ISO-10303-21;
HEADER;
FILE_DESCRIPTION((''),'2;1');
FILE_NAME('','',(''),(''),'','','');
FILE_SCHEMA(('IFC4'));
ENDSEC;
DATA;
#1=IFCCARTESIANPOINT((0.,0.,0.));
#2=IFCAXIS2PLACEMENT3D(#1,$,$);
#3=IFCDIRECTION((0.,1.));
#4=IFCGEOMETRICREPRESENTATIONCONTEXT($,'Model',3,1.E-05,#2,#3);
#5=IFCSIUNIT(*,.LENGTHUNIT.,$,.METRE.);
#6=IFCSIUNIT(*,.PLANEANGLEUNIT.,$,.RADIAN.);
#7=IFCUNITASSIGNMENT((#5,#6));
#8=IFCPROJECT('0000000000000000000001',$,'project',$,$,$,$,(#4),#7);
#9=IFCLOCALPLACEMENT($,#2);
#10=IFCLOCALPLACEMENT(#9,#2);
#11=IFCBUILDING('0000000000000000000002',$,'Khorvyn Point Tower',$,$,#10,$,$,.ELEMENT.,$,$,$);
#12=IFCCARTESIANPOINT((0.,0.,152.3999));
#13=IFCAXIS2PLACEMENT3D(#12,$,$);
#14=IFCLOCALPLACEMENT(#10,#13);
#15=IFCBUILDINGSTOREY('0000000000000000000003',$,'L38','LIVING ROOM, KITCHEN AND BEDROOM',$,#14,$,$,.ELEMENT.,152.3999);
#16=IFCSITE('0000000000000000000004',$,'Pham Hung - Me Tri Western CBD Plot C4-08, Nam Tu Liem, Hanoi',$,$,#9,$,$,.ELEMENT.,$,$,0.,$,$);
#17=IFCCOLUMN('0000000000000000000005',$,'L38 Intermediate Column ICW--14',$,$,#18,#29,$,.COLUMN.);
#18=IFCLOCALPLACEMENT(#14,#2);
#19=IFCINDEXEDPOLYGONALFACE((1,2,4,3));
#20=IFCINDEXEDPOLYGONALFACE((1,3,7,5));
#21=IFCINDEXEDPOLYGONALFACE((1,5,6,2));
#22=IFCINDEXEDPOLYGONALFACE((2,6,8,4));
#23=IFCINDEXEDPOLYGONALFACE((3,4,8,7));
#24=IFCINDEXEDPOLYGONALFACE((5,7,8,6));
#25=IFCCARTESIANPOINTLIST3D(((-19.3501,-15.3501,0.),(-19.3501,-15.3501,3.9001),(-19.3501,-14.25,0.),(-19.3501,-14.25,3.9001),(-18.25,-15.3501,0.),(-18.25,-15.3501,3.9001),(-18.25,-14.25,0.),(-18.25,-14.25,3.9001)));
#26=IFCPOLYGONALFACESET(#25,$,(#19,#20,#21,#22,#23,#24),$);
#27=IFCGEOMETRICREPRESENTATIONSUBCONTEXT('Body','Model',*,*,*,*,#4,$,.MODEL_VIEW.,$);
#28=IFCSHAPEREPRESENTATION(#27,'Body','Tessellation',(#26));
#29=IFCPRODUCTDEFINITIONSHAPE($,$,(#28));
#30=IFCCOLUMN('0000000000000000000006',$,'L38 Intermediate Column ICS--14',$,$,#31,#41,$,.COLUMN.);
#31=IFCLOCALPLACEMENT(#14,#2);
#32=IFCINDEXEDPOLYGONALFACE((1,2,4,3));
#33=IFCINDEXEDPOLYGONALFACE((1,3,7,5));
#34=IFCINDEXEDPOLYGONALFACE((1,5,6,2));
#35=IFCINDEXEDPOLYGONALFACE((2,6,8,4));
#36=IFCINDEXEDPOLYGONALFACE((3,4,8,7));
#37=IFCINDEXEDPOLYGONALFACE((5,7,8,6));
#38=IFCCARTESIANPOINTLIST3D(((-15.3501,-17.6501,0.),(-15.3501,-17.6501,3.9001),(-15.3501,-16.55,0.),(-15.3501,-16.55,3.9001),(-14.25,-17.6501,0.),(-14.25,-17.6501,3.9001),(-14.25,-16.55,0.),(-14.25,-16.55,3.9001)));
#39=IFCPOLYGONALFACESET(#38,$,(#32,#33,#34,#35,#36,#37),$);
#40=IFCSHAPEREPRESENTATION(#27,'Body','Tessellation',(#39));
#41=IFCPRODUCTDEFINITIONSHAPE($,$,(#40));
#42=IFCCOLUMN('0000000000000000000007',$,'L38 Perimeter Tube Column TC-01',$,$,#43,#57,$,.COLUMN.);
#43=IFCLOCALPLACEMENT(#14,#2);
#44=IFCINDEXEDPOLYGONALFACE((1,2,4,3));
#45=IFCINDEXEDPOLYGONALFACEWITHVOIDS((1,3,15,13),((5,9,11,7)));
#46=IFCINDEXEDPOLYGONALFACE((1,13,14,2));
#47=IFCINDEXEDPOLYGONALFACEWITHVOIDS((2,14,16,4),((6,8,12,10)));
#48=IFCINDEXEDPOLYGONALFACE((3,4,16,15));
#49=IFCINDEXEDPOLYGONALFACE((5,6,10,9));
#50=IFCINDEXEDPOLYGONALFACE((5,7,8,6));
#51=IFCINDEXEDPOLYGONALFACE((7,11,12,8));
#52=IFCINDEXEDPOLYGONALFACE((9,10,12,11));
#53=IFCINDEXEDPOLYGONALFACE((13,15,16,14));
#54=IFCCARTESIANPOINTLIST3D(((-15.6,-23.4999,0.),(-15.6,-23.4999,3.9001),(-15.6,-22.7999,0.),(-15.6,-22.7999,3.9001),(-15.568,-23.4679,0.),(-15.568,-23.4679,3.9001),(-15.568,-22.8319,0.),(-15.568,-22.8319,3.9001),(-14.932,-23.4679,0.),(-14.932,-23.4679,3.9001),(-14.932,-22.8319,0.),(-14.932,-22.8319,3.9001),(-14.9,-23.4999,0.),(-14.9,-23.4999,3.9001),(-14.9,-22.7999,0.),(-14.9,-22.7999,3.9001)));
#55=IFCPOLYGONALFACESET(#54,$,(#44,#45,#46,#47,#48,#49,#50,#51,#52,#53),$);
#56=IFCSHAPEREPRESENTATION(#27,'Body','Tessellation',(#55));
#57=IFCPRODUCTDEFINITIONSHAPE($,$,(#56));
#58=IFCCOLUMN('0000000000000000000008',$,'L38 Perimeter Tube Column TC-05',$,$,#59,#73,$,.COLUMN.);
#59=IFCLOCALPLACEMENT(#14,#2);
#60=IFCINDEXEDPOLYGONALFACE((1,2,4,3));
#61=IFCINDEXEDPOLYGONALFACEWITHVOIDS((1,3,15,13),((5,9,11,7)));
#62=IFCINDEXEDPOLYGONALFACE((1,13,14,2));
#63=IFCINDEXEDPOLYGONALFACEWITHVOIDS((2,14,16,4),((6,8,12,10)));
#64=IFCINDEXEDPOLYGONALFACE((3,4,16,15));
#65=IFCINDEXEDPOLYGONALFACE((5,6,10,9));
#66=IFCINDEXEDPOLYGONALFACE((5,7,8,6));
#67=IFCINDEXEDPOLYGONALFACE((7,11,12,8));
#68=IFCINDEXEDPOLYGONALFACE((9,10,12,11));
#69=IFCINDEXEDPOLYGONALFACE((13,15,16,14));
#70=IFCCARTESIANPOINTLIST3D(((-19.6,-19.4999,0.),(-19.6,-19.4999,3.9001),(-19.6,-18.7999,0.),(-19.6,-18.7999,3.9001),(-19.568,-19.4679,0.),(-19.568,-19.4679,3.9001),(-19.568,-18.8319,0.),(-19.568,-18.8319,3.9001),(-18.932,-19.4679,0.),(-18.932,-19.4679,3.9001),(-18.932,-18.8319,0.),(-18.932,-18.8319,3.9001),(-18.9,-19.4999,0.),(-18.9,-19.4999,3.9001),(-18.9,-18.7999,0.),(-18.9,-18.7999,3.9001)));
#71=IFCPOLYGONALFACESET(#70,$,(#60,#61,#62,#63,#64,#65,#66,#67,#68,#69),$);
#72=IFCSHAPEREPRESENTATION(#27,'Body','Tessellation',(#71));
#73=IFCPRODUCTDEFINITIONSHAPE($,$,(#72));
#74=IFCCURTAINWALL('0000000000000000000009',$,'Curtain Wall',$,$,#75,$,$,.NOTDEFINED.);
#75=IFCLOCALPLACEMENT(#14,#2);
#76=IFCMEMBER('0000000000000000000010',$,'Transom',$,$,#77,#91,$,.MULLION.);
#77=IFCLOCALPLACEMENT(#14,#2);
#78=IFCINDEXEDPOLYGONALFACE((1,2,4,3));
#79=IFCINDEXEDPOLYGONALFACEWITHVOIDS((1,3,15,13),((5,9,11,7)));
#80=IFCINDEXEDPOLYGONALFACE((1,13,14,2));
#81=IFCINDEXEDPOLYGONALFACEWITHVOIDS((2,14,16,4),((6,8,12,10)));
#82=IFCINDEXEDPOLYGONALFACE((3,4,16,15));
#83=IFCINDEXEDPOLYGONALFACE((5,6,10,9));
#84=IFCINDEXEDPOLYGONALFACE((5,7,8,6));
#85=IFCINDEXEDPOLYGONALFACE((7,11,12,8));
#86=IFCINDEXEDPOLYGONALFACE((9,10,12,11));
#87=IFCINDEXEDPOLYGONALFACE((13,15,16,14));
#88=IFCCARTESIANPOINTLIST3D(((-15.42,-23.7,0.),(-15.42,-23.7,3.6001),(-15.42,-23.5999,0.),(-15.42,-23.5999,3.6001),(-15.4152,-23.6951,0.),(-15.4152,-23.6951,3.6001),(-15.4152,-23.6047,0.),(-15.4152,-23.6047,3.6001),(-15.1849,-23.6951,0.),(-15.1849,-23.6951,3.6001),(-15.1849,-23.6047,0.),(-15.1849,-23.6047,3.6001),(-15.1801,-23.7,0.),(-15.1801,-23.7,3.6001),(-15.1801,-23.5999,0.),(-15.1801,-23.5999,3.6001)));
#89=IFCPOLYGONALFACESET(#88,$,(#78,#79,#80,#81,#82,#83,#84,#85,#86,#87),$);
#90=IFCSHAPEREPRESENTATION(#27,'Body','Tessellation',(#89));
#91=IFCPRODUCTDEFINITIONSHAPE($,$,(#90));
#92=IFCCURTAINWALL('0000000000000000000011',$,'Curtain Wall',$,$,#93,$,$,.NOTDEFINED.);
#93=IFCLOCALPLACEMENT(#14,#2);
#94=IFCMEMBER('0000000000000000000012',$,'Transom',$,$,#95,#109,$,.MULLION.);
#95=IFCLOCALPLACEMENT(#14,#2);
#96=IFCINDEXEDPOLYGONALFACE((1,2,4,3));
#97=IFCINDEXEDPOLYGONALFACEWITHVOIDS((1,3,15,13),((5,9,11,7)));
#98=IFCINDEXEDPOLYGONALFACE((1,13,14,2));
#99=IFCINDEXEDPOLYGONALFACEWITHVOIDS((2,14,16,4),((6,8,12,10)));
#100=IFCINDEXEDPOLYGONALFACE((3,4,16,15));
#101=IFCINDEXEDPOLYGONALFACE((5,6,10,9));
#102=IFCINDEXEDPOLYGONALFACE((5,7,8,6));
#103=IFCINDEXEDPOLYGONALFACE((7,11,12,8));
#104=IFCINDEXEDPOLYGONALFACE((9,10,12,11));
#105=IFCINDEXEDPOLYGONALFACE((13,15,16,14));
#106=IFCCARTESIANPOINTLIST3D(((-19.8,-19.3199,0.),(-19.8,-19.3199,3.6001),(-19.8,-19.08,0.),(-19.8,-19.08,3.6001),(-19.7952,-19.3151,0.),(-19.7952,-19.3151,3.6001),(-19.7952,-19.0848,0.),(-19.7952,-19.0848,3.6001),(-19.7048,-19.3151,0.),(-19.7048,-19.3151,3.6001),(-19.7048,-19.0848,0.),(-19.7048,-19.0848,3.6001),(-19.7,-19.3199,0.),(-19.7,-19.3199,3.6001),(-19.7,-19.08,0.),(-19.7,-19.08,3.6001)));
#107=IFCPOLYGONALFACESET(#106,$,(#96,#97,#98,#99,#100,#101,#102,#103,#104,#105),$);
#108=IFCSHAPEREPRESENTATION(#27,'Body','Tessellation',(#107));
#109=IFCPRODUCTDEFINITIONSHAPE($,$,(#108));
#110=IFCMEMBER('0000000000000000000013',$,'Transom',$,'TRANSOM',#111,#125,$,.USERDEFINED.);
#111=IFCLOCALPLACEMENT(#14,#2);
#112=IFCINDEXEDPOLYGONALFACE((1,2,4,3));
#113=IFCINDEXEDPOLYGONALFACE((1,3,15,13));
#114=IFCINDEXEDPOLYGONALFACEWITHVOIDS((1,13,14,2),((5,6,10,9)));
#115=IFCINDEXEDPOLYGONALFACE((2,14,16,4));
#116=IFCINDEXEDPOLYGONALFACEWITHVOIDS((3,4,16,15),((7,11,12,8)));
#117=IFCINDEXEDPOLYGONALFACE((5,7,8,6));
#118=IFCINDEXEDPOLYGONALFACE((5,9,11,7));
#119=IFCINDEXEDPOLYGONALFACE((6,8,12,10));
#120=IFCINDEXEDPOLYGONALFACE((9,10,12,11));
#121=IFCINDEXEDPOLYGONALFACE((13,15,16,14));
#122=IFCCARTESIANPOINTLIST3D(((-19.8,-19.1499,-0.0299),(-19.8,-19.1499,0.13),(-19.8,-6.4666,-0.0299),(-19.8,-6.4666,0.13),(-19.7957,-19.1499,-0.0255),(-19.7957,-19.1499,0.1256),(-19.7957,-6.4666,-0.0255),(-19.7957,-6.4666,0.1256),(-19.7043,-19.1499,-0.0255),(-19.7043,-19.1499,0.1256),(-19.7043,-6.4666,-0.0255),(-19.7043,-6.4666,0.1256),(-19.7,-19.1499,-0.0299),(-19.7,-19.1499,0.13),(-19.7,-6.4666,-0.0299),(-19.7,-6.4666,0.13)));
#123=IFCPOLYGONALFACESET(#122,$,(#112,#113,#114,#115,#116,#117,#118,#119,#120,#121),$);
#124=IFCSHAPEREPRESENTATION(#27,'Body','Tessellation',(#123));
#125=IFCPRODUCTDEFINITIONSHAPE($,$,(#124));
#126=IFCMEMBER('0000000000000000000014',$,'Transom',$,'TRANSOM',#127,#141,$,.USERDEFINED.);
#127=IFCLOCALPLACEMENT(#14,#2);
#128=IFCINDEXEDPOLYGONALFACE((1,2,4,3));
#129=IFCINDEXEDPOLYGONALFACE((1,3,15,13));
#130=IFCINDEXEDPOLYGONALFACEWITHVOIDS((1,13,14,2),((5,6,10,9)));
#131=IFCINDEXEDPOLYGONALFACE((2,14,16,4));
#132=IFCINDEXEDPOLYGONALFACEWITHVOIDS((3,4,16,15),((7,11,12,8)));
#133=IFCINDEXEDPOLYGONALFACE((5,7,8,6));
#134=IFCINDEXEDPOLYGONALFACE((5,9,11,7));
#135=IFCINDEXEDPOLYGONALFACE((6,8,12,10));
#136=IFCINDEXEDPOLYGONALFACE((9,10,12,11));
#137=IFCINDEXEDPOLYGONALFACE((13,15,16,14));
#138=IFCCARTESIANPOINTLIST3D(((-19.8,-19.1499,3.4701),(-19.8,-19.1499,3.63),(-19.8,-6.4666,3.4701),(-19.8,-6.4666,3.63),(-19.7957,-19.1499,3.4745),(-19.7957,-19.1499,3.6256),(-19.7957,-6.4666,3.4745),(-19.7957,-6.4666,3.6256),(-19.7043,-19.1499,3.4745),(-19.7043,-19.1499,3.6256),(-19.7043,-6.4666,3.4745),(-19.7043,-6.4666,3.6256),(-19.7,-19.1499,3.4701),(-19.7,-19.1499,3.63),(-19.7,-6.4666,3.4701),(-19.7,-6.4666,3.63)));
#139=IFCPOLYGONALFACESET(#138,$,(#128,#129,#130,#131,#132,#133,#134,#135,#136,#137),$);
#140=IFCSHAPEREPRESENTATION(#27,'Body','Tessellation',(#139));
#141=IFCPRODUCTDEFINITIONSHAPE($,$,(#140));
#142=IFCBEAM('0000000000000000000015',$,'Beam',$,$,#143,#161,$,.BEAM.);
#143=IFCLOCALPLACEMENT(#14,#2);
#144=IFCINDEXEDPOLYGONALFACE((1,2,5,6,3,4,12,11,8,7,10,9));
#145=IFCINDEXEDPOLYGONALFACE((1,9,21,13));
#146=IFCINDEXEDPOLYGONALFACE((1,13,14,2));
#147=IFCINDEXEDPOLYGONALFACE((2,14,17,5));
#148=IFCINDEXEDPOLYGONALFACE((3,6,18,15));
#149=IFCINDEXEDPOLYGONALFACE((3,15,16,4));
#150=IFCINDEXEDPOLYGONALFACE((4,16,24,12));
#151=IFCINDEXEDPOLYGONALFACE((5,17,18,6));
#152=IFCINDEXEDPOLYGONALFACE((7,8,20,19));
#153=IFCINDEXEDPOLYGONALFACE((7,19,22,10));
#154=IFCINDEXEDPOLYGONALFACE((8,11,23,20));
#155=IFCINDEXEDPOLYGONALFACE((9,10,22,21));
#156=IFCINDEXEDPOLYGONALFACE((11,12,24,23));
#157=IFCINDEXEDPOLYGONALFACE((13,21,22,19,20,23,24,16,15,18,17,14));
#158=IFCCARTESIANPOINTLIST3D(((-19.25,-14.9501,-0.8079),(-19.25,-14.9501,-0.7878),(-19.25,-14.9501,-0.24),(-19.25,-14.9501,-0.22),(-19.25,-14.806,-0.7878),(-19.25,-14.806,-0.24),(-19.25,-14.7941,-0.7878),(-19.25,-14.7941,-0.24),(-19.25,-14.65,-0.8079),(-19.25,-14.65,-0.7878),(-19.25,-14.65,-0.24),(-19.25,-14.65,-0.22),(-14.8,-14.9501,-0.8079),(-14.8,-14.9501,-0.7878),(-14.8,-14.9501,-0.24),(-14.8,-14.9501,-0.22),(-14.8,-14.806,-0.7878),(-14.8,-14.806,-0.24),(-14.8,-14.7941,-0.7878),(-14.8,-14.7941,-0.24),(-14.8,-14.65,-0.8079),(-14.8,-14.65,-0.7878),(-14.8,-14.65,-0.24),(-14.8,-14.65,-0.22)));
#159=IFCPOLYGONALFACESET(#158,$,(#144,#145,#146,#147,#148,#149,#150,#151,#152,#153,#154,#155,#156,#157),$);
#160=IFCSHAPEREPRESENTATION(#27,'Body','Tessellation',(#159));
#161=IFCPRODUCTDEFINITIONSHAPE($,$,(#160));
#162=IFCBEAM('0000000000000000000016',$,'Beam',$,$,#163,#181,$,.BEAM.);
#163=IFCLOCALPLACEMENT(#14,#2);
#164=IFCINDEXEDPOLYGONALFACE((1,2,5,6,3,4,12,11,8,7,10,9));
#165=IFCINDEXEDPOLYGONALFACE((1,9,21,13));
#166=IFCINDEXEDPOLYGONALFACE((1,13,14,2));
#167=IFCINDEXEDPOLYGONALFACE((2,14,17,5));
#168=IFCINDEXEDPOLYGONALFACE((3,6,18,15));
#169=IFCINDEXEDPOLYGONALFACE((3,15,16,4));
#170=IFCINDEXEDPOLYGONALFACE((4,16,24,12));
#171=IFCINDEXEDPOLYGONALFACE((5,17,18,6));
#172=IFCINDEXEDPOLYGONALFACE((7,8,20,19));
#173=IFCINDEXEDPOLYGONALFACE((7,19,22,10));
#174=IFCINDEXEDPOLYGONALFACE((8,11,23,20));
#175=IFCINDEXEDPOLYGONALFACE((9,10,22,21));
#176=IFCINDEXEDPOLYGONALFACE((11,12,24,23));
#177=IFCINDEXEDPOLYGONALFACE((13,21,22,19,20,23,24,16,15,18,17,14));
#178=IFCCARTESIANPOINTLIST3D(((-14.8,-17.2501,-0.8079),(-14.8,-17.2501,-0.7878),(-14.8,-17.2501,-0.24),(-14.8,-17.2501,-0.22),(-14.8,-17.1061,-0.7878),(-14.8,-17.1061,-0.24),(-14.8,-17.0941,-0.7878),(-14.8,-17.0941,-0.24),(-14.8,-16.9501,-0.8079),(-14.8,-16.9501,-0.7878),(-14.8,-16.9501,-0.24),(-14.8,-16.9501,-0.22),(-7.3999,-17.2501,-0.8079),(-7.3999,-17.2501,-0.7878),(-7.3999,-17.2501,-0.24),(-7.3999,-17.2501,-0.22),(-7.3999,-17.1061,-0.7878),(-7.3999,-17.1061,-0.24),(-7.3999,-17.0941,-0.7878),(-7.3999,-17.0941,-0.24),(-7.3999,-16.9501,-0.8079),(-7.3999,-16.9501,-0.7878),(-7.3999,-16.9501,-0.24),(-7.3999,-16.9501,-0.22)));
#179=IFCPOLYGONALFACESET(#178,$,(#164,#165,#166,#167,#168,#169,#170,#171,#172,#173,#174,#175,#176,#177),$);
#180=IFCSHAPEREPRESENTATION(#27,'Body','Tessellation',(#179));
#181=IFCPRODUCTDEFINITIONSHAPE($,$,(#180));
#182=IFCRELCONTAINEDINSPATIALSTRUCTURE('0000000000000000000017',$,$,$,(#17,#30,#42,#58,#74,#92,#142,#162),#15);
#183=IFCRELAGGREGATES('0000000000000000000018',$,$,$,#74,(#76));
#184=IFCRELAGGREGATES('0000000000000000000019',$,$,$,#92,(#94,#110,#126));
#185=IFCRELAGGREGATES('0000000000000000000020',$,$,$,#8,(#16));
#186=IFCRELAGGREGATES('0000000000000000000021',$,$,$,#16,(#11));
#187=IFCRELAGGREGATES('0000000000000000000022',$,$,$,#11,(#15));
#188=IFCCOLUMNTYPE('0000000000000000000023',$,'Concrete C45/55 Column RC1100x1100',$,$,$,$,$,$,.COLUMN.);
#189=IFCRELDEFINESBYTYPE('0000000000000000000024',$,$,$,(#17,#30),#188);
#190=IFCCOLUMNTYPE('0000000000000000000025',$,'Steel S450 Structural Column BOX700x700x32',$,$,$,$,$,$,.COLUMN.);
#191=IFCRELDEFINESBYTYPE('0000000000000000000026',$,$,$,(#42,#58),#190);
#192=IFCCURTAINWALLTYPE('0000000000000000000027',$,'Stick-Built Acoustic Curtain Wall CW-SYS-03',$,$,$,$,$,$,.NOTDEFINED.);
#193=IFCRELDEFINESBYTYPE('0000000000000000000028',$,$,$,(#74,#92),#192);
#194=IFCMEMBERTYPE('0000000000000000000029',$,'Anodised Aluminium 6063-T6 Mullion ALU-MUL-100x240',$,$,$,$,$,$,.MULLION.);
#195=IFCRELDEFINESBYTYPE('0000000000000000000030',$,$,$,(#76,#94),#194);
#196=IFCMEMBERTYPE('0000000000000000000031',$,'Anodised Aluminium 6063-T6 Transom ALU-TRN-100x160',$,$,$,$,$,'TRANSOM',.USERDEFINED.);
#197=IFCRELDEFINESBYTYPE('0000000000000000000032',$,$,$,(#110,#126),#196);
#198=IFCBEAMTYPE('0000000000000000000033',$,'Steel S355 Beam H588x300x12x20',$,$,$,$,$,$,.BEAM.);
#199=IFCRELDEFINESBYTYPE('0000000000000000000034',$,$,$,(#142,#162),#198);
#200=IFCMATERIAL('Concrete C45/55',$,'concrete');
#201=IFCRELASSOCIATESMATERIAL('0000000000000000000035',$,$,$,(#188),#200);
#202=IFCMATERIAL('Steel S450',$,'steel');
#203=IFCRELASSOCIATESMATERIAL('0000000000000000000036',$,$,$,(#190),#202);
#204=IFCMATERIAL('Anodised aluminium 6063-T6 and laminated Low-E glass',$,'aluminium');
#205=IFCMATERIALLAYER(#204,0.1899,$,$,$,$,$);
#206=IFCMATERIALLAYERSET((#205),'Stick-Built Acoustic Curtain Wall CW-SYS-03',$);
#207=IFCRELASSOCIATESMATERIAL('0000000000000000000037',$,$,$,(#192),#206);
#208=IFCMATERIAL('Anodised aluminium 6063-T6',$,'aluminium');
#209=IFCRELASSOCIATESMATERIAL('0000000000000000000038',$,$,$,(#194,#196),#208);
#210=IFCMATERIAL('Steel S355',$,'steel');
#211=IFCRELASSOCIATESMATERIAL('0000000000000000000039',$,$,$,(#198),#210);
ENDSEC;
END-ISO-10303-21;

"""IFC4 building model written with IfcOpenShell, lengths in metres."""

from ifc_helpers import new_model, si_unit, direction, frame, origin, origin_2d, place, context, subcontext, project, spatial, rectangle, hollow_rectangle, i_section, extrude, material, layer, layer_set, material_profile, profile_set, type_object, element, aggregate, save


model = new_model("IFC4")

# Units and contexts
model_context = context("Model", 3, precision=1e-05, world=origin(), true_north=direction((0.0, 1.0)))
body_context = subcontext(model_context, "Body", "Model", "MODEL_VIEW")
ifc_project = project(units=[si_unit("LENGTHUNIT", "METRE"), si_unit("PLANEANGLEUNIT", "RADIAN")], contexts=[model_context])

# Site, building, storey
site_placement = place(None, origin())
site = spatial("IfcSite", under=ifc_project, at=site_placement, Name="Pham Hung - Me Tri Western CBD Plot C4-08, Nam Tu Liem, Hanoi", CompositionType="ELEMENT", RefElevation=0.0)
building_placement = place(site_placement, origin())
building = spatial("IfcBuilding", under=site, at=building_placement, Name="Khorvyn Point Tower", CompositionType="ELEMENT")
storey_placement = place(building_placement, frame((0.0, 0.0, 152.3999)))
storey = spatial("IfcBuildingStorey", under=building, at=storey_placement, Name="L38", Description="LIVING ROOM, KITCHEN AND BEDROOM", CompositionType="ELEMENT", Elevation=152.3999)

# Columns
ifc_material_1 = material(Name="Concrete C45/55", Category="concrete")
ifc_material_profile_1 = material_profile(ifc_material_1, rectangle(XDim=1.1001, YDim=1.1001, at=origin_2d()))
ifc_profile_set_1 = profile_set([ifc_material_profile_1], Name="Concrete C45/55 RC1100x1100")
column_type_1 = type_object("IfcColumnType", Name="Concrete C45/55 Column RC1100x1100", PredefinedType="COLUMN", material=ifc_profile_set_1)
for number, where, z_axis, x_axis, name in (
    (1, (-18.8, -14.8, 0.0), (0.0, 0.0, 1.0), (1.0, 0.0, 0.0), "L38 Intermediate Column ICW--14"),
    (2, (-14.8, -17.1001, 0.0), (0.0, 0.0, 1.0), (1.0, 0.0, 0.0), "L38 Intermediate Column ICS--14"),
):
    element("IfcColumn", number, at=place(storey_placement, frame(where, z_axis=z_axis, x_axis=x_axis)), inside=storey, type_object=column_type_1, Name=name, PredefinedType="COLUMN", context=body_context, shape_type="SweptSolid", body=[
        extrude(rectangle(XDim=1.1001, YDim=1.1001, at=origin_2d()), origin(), (0.0, 0.0, 1.0), 3.9001),
    ])
ifc_material_2 = material(Name="Steel S450", Category="steel")
ifc_material_profile_2 = material_profile(ifc_material_2, hollow_rectangle(XDim=0.7, YDim=0.7, WallThickness=0.032, at=origin_2d()))
ifc_profile_set_2 = profile_set([ifc_material_profile_2], Name="Steel S450 BOX700x700x32")
column_type_2 = type_object("IfcColumnType", Name="Steel S450 Structural Column BOX700x700x32", PredefinedType="COLUMN", material=ifc_profile_set_2)
for number, where, z_axis, x_axis, name in (
    (3, (-15.25, -23.1499, 0.0), (0.0, 0.0, 1.0), (1.0, 0.0, 0.0), "L38 Perimeter Tube Column TC-01"),
    (4, (-19.25, -19.1499, 0.0), (0.0, 0.0, 1.0), (1.0, 0.0, 0.0), "L38 Perimeter Tube Column TC-05"),
):
    element("IfcColumn", number, at=place(storey_placement, frame(where, z_axis=z_axis, x_axis=x_axis)), inside=storey, type_object=column_type_2, Name=name, PredefinedType="COLUMN", context=body_context, shape_type="SweptSolid", body=[
        extrude(hollow_rectangle(XDim=0.7, YDim=0.7, WallThickness=0.032, at=origin_2d()), origin(), (0.0, 0.0, 1.0), 3.9001),
    ])

# Curtain wall, member
ifc_material_3 = material(Name="Anodised aluminium 6063-T6 and laminated Low-E glass", Category="aluminium")
ifc_layer_1 = layer(ifc_material_3, 0.1899)
ifc_layer_set_1 = layer_set([ifc_layer_1], Name="Stick-Built Acoustic Curtain Wall CW-SYS-03")
curtain_wall_type = type_object("IfcCurtainWallType", Name="Stick-Built Acoustic Curtain Wall CW-SYS-03", PredefinedType="NOTDEFINED", material=ifc_layer_set_1)
curtain_wall_1_placement = place(storey_placement, origin())
curtain_wall_1 = element("IfcCurtainWall", 5, at=curtain_wall_1_placement, inside=storey, type_object=curtain_wall_type, Name="Curtain Wall", PredefinedType="NOTDEFINED")
ifc_material_4 = material(Name="Anodised aluminium 6063-T6", Category="aluminium")
ifc_material_profile_3 = material_profile(ifc_material_4, hollow_rectangle(XDim=0.1001, YDim=0.24, WallThickness=0.0049, at=origin_2d()))
ifc_profile_set_3 = profile_set([ifc_material_profile_3], Name="Anodised aluminium 6063-T6 ALU-MUL-100x240")
member_type_1 = type_object("IfcMemberType", Name="Anodised Aluminium 6063-T6 Mullion ALU-MUL-100x240", PredefinedType="MULLION", material=ifc_profile_set_3)
member_1_placement = place(storey_placement, frame((-15.3, -23.6499, 0.0), z_axis=(0.0, 0.0, 1.0), x_axis=(0.0, -1.0, 0.0)))
member_1 = element("IfcMember", 6, at=member_1_placement, type_object=member_type_1, Name="Transom", PredefinedType="MULLION", context=body_context, shape_type="SweptSolid", body=[
    extrude(hollow_rectangle(XDim=0.1001, YDim=0.24, WallThickness=0.0049, at=origin_2d()), origin(), (0.0, 0.0, 1.0), 3.6001),
])
aggregate(curtain_wall_1, [member_1])

# Curtain wall, members
curtain_wall_2_placement = place(storey_placement, origin())
curtain_wall_2 = element("IfcCurtainWall", 7, at=curtain_wall_2_placement, inside=storey, type_object=curtain_wall_type, Name="Curtain Wall", PredefinedType="NOTDEFINED")
member_2_placement = place(storey_placement, frame((-19.75, -19.2, 0.0), z_axis=(0.0, 0.0, 1.0), x_axis=(-1.0, 0.0, 0.0)))
member_2 = element("IfcMember", 8, at=member_2_placement, type_object=member_type_1, Name="Transom", PredefinedType="MULLION", context=body_context, shape_type="SweptSolid", body=[
    extrude(hollow_rectangle(XDim=0.1001, YDim=0.24, WallThickness=0.0049, at=origin_2d()), origin(), (0.0, 0.0, 1.0), 3.6001),
])
ifc_material_profile_4 = material_profile(ifc_material_4, hollow_rectangle(XDim=0.1001, YDim=0.1599, WallThickness=0.0044, at=origin_2d()))
ifc_profile_set_4 = profile_set([ifc_material_profile_4], Name="Anodised aluminium 6063-T6 ALU-TRN-100x160")
member_type_2 = type_object("IfcMemberType", Name="Anodised Aluminium 6063-T6 Transom ALU-TRN-100x160", ElementType="TRANSOM", PredefinedType="USERDEFINED", material=ifc_profile_set_4)
member_3_placement = place(storey_placement, frame((-19.75, -19.1499, 0.05), z_axis=(0.0, 1.0, 0.0), x_axis=(-1.0, 0.0, 0.0)))
member_3 = element("IfcMember", 9, at=member_3_placement, type_object=member_type_2, Name="Transom", ObjectType="TRANSOM", PredefinedType="USERDEFINED", context=body_context, shape_type="SweptSolid", body=[
    extrude(hollow_rectangle(XDim=0.1001, YDim=0.1599, WallThickness=0.0044, at=origin_2d()), origin(), (0.0, 0.0, 1.0), 12.6833),
])
member_4_placement = place(storey_placement, frame((-19.75, -19.1499, 3.55), z_axis=(0.0, 1.0, 0.0), x_axis=(-1.0, 0.0, 0.0)))
member_4 = element("IfcMember", 10, at=member_4_placement, type_object=member_type_2, Name="Transom", ObjectType="TRANSOM", PredefinedType="USERDEFINED", context=body_context, shape_type="SweptSolid", body=[
    extrude(hollow_rectangle(XDim=0.1001, YDim=0.1599, WallThickness=0.0044, at=origin_2d()), origin(), (0.0, 0.0, 1.0), 12.6833),
])

# Beams
ifc_material_5 = material(Name="Steel S355", Category="steel")
ifc_material_profile_5 = material_profile(ifc_material_5, i_section(OverallWidth=0.3, OverallDepth=0.5879, WebThickness=0.012, FlangeThickness=0.02, at=origin_2d()))
ifc_profile_set_5 = profile_set([ifc_material_profile_5], Name="Steel S355 H588x300x12x20")
beam_type_1 = type_object("IfcBeamType", Name="Steel S355 Beam H588x300x12x20", PredefinedType="BEAM", material=ifc_profile_set_5)
beam_1_placement = place(storey_placement, frame((-19.25, -14.8, -0.5139), z_axis=(1.0, 0.0, 0.0), x_axis=(0.0, 1.0, 0.0)))
element("IfcBeam", 11, at=beam_1_placement, inside=storey, type_object=beam_type_1, Name="Beam", PredefinedType="BEAM", context=body_context, shape_type="SweptSolid", body=[
    extrude(i_section(OverallWidth=0.3, OverallDepth=0.5879, WebThickness=0.012, FlangeThickness=0.02, at=origin_2d()), origin(), (0.0, 0.0, 1.0), 4.45),
])
beam_2_placement = place(storey_placement, frame((-14.8, -17.1001, -0.5139), z_axis=(1.0, 0.0, 0.0), x_axis=(0.0, 1.0, 0.0)))
element("IfcBeam", 12, at=beam_2_placement, inside=storey, type_object=beam_type_1, Name="Beam", PredefinedType="BEAM", context=body_context, shape_type="SweptSolid", body=[
    extrude(i_section(OverallWidth=0.3, OverallDepth=0.5879, WebThickness=0.012, FlangeThickness=0.02, at=origin_2d()), origin(), (0.0, 0.0, 1.0), 7.4001),
])

aggregate(curtain_wall_2, [member_2, member_3, member_4])

save(model, "model.ifc")
